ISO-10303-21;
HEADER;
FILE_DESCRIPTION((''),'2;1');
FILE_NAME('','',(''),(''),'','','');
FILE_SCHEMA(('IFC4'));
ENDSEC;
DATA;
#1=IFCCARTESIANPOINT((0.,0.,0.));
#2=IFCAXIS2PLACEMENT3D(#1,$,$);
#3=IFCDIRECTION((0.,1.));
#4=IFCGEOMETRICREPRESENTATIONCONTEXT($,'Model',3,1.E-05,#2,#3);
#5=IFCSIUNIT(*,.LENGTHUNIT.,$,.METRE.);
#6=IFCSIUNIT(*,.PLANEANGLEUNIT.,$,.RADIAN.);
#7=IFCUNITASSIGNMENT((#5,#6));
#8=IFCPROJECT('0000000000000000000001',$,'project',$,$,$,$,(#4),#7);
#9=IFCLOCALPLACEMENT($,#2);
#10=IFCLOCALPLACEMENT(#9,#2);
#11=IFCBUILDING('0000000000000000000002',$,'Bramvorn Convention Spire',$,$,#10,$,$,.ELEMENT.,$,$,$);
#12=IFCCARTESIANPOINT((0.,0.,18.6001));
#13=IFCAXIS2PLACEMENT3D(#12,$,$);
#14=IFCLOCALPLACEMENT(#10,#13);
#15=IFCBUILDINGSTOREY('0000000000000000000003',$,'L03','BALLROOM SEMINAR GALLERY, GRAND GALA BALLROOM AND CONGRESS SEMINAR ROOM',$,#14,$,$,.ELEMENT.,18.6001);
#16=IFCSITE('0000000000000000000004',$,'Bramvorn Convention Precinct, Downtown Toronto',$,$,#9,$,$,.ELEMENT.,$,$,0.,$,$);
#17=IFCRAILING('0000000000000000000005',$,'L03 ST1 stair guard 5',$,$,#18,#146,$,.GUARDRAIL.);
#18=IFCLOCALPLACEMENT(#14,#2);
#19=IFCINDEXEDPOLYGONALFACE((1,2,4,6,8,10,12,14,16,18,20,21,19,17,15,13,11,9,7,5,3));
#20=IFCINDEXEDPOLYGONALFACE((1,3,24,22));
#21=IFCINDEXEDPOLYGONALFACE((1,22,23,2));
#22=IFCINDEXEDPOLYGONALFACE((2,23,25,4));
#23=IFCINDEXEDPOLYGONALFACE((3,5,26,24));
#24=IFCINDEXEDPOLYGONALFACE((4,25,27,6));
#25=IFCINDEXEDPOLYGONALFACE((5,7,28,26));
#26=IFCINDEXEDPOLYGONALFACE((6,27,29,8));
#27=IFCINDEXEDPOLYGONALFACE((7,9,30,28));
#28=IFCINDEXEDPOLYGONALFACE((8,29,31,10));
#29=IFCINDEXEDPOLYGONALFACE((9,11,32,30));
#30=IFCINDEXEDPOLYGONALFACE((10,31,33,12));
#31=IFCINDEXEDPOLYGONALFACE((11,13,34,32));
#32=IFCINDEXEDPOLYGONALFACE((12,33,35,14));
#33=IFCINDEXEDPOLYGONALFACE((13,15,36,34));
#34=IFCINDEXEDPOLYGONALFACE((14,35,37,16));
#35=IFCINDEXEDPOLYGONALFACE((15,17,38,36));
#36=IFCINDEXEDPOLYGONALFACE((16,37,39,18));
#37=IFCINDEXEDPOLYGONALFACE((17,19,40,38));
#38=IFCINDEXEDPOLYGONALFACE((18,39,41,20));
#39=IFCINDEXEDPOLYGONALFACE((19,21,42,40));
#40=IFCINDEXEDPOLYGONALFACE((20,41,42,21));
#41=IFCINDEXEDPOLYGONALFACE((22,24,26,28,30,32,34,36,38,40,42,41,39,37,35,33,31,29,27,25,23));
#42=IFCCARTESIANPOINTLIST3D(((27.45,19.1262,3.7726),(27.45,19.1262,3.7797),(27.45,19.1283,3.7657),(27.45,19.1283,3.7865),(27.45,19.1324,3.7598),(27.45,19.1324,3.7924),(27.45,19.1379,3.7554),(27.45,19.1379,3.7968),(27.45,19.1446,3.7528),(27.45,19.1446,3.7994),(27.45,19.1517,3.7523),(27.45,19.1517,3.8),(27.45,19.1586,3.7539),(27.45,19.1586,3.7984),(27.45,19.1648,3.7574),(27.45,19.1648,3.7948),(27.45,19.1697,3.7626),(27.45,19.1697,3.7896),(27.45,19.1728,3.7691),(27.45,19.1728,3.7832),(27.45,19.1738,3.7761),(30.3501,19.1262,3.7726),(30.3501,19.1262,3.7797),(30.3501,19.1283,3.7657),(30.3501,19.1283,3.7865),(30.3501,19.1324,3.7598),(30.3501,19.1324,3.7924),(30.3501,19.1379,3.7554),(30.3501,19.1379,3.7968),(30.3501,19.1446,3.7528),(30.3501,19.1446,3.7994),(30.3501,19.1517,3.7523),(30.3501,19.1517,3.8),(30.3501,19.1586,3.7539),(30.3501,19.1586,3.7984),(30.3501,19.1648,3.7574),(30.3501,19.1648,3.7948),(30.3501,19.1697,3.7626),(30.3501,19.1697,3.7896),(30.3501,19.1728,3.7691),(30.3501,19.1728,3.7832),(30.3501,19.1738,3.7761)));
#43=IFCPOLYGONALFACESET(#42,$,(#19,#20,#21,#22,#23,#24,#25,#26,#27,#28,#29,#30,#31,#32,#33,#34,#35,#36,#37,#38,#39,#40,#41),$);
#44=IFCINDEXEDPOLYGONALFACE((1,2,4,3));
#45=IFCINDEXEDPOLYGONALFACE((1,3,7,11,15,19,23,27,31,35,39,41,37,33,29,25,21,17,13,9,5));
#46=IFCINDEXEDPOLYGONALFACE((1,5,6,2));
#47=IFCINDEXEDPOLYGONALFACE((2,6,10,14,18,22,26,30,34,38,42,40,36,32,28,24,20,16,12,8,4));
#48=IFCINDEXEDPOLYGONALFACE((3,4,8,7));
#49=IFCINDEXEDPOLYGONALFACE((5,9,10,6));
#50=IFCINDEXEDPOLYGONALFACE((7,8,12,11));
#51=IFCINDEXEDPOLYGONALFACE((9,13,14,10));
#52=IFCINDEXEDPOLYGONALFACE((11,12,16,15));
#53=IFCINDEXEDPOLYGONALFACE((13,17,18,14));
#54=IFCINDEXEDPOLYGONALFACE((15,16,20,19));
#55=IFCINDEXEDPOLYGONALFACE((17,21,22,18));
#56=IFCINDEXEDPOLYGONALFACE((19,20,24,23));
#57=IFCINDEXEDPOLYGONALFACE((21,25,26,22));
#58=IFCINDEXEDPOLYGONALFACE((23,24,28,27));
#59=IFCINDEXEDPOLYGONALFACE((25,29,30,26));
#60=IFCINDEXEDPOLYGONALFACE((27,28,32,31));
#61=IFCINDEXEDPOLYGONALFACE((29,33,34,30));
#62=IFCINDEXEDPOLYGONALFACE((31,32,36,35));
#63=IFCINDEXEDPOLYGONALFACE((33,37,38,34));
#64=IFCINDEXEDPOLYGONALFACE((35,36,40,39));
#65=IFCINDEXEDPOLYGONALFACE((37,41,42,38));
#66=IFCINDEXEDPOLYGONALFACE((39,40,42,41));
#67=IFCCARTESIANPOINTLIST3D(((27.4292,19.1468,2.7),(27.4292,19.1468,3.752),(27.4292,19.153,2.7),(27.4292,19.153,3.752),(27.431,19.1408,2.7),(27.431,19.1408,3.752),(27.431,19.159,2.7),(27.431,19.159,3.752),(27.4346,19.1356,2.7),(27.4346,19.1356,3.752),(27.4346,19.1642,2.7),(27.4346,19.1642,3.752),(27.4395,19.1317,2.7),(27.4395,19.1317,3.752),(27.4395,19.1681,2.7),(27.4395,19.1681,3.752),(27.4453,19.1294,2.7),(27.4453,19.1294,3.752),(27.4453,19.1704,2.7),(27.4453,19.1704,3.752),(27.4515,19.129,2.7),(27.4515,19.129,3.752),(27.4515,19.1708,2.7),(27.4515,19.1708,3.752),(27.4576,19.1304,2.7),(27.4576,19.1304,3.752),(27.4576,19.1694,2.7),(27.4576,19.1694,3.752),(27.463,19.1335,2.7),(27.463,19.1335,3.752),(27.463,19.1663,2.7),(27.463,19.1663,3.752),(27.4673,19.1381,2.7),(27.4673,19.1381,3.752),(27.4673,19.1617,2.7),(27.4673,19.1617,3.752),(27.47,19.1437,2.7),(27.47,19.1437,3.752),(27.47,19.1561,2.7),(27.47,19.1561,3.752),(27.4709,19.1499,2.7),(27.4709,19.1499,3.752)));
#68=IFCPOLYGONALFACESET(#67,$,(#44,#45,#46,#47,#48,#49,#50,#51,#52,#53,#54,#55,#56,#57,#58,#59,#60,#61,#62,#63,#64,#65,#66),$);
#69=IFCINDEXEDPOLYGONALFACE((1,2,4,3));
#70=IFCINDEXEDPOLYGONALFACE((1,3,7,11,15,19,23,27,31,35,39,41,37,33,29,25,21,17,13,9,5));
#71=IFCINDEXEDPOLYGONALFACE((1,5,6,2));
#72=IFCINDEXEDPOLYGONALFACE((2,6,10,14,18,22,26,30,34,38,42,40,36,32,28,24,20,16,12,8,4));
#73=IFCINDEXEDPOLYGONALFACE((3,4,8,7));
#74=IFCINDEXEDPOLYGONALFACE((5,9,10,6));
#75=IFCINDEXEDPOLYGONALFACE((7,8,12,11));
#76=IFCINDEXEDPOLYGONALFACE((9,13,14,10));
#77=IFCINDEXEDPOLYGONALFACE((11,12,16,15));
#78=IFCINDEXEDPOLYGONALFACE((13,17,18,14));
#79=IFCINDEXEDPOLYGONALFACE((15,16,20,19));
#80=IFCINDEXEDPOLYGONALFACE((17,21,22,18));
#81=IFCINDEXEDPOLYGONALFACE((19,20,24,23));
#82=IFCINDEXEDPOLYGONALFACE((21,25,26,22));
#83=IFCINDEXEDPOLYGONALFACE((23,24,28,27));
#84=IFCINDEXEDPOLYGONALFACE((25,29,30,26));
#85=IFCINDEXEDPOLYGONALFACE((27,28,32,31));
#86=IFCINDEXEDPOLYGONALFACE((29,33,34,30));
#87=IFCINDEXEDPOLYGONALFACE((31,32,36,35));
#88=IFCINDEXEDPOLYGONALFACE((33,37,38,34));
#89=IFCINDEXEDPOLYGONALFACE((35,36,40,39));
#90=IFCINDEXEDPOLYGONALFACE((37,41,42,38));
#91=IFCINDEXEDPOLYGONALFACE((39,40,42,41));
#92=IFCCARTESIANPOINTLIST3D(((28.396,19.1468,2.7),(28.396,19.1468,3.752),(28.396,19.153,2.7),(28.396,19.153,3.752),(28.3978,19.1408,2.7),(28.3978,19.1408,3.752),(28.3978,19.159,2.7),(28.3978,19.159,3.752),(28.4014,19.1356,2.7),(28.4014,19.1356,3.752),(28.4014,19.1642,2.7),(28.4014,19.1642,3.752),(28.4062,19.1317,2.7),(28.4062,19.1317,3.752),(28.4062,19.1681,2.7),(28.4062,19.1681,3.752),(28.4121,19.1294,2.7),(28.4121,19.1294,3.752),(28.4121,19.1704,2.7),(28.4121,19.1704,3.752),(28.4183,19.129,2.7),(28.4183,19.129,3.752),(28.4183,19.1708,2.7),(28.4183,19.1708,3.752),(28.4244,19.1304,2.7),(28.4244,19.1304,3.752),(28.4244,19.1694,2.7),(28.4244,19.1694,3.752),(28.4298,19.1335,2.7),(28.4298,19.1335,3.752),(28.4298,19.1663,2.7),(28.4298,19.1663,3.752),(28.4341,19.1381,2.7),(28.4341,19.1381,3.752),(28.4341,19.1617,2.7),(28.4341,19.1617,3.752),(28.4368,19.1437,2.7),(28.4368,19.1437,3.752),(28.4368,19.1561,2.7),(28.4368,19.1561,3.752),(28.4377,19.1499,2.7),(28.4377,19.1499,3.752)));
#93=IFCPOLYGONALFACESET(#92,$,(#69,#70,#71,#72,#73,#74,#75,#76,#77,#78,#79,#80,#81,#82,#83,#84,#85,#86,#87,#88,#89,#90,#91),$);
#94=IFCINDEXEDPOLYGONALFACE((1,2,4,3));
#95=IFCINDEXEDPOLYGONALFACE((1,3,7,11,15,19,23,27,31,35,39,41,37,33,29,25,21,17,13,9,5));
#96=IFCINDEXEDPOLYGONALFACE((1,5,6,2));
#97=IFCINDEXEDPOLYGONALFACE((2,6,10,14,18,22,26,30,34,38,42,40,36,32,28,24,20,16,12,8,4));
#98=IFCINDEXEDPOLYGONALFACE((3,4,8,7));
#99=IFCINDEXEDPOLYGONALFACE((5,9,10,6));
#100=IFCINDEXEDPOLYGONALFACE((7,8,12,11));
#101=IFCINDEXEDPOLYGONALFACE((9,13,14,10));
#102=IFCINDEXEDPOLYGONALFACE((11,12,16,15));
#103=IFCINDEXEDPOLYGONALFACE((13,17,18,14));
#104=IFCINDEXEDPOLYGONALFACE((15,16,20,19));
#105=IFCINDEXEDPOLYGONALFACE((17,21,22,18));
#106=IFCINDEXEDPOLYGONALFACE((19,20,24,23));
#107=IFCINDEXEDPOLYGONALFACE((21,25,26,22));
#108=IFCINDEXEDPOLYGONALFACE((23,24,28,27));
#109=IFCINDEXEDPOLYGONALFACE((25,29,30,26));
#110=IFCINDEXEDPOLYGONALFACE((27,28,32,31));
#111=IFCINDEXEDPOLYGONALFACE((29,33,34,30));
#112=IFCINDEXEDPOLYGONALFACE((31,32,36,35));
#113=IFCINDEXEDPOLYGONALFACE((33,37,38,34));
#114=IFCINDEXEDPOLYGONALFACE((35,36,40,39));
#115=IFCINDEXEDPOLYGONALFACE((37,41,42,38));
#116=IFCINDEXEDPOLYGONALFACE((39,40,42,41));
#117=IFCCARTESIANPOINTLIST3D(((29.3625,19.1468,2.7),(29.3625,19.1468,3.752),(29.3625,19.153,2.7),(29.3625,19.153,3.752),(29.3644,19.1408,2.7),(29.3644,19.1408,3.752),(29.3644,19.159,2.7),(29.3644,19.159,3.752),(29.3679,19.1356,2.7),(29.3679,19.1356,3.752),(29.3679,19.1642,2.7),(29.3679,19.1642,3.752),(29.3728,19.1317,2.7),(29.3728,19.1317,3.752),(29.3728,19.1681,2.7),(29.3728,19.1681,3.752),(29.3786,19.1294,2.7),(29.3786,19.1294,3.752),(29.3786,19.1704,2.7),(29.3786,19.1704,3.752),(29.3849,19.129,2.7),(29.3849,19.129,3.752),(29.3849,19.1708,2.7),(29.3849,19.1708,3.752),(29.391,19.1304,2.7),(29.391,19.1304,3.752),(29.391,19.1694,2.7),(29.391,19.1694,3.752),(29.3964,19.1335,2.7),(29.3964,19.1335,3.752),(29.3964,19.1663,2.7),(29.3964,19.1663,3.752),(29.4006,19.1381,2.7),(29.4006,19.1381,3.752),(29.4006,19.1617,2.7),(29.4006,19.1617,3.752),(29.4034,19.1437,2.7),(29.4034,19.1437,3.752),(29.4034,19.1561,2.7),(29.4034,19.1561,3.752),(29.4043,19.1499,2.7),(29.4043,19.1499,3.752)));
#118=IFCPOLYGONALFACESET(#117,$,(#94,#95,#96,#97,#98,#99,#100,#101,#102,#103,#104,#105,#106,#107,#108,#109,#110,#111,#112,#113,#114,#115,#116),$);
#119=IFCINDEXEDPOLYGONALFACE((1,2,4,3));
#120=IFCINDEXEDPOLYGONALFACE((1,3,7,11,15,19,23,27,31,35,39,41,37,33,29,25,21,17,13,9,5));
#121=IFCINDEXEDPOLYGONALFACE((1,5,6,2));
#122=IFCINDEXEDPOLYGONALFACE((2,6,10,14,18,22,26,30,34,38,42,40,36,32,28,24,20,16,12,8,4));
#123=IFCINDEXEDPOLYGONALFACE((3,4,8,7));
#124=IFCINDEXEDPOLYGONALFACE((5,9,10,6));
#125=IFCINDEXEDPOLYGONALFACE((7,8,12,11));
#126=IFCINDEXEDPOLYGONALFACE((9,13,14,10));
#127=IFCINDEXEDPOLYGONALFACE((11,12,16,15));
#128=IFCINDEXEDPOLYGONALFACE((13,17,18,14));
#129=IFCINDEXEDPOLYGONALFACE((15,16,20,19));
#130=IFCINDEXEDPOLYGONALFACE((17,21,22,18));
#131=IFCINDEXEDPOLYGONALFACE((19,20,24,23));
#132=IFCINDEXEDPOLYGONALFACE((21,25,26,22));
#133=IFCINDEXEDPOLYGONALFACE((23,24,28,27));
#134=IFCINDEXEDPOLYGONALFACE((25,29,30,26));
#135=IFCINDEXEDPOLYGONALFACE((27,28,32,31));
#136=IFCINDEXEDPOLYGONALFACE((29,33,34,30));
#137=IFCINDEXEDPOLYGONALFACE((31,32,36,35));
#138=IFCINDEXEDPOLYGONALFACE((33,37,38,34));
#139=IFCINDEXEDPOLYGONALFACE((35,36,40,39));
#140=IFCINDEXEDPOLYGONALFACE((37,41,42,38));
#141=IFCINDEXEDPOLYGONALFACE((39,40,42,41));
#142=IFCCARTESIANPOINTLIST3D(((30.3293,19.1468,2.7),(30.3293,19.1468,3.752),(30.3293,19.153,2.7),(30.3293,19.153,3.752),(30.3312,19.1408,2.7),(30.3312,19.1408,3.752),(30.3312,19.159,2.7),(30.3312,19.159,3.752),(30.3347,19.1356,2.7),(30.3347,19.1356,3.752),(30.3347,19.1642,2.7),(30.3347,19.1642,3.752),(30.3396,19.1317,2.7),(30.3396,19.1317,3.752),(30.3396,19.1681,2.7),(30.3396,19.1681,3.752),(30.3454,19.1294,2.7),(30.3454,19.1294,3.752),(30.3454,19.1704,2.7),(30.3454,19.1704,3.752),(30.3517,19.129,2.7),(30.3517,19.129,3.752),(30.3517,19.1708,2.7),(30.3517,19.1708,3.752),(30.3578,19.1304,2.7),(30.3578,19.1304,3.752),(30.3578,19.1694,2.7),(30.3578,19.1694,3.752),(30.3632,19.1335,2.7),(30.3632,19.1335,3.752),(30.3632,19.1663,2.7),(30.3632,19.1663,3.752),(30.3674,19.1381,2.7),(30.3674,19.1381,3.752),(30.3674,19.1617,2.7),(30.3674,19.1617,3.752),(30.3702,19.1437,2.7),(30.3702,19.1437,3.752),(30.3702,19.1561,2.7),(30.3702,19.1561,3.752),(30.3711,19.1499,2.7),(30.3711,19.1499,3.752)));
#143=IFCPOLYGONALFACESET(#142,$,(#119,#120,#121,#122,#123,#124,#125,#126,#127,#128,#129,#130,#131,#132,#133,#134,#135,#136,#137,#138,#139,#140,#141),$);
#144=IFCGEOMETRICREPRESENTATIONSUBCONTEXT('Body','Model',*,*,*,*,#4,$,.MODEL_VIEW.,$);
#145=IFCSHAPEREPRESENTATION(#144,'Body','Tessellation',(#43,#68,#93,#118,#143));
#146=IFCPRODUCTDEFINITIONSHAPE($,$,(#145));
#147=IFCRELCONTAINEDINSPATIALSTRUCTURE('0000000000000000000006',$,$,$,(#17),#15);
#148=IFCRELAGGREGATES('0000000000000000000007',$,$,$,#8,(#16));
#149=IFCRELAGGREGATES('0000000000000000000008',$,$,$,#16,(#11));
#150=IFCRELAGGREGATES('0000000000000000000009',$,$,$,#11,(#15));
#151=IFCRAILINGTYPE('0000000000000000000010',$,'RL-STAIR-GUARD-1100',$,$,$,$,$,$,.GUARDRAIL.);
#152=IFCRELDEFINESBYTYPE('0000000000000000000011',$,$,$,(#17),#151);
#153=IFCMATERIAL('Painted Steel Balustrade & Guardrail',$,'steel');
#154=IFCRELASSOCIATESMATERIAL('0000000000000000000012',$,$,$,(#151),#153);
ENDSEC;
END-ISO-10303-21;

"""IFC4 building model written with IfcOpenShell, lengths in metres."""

from ifc_helpers import new_model, si_unit, direction, frame, origin, origin_2d, place, context, subcontext, project, spatial, circle, extrude, material, type_object, element, save


model = new_model("IFC4")

# Units and contexts
model_context = context("Model", 3, precision=1e-05, world=origin(), true_north=direction((0.0, 1.0)))
body_context = subcontext(model_context, "Body", "Model", "MODEL_VIEW")
ifc_project = project(units=[si_unit("LENGTHUNIT", "METRE"), si_unit("PLANEANGLEUNIT", "RADIAN")], contexts=[model_context])

# Site, building, storey
site_placement = place(None, origin())
site = spatial("IfcSite", under=ifc_project, at=site_placement, Name="Bramvorn Convention Precinct, Downtown Toronto", CompositionType="ELEMENT", RefElevation=0.0)
building_placement = place(site_placement, origin())
building = spatial("IfcBuilding", under=site, at=building_placement, Name="Bramvorn Convention Spire", CompositionType="ELEMENT")
storey_placement = place(building_placement, frame((0.0, 0.0, 18.6001)))
storey = spatial("IfcBuildingStorey", under=building, at=storey_placement, Name="L03", Description="BALLROOM SEMINAR GALLERY, GRAND GALA BALLROOM AND CONGRESS SEMINAR ROOM", CompositionType="ELEMENT", Elevation=18.6001)

# Railing
ifc_material_1 = material(Name="Painted Steel Balustrade & Guardrail", Category="steel")
railing_type_1 = type_object("IfcRailingType", Name="RL-STAIR-GUARD-1100", PredefinedType="GUARDRAIL", material=ifc_material_1)
railing_1_placement = place(storey_placement, frame((27.45, 19.1499, 2.7)))
element("IfcRailing", 1, at=railing_1_placement, inside=storey, type_object=railing_type_1, Name="L03 ST1 stair guard 5", PredefinedType="GUARDRAIL", context=body_context, shape_type="SweptSolid", body=[
    extrude(circle(Radius=0.0239, at=origin_2d()), frame((0.0, 0.0, 1.0762), z_axis=(1.0, 0.0, 0.0), x_axis=(0.0, 1.0, 0.0)), (0.0, 0.0, 1.0), 2.9001),
    extrude(circle(Radius=0.021, at=origin_2d()), origin(), (0.0, 0.0, 1.0), 1.052),
    extrude(circle(Radius=0.021, at=origin_2d()), frame((0.9668, 0.0, 0.0)), (0.0, 0.0, 1.0), 1.052),
    extrude(circle(Radius=0.021, at=origin_2d()), frame((1.9333, 0.0, 0.0)), (0.0, 0.0, 1.0), 1.052),
    extrude(circle(Radius=0.021, at=origin_2d()), frame((2.9001, 0.0, 0.0)), (0.0, 0.0, 1.0), 1.052),
])

save(model, "model.ifc")
